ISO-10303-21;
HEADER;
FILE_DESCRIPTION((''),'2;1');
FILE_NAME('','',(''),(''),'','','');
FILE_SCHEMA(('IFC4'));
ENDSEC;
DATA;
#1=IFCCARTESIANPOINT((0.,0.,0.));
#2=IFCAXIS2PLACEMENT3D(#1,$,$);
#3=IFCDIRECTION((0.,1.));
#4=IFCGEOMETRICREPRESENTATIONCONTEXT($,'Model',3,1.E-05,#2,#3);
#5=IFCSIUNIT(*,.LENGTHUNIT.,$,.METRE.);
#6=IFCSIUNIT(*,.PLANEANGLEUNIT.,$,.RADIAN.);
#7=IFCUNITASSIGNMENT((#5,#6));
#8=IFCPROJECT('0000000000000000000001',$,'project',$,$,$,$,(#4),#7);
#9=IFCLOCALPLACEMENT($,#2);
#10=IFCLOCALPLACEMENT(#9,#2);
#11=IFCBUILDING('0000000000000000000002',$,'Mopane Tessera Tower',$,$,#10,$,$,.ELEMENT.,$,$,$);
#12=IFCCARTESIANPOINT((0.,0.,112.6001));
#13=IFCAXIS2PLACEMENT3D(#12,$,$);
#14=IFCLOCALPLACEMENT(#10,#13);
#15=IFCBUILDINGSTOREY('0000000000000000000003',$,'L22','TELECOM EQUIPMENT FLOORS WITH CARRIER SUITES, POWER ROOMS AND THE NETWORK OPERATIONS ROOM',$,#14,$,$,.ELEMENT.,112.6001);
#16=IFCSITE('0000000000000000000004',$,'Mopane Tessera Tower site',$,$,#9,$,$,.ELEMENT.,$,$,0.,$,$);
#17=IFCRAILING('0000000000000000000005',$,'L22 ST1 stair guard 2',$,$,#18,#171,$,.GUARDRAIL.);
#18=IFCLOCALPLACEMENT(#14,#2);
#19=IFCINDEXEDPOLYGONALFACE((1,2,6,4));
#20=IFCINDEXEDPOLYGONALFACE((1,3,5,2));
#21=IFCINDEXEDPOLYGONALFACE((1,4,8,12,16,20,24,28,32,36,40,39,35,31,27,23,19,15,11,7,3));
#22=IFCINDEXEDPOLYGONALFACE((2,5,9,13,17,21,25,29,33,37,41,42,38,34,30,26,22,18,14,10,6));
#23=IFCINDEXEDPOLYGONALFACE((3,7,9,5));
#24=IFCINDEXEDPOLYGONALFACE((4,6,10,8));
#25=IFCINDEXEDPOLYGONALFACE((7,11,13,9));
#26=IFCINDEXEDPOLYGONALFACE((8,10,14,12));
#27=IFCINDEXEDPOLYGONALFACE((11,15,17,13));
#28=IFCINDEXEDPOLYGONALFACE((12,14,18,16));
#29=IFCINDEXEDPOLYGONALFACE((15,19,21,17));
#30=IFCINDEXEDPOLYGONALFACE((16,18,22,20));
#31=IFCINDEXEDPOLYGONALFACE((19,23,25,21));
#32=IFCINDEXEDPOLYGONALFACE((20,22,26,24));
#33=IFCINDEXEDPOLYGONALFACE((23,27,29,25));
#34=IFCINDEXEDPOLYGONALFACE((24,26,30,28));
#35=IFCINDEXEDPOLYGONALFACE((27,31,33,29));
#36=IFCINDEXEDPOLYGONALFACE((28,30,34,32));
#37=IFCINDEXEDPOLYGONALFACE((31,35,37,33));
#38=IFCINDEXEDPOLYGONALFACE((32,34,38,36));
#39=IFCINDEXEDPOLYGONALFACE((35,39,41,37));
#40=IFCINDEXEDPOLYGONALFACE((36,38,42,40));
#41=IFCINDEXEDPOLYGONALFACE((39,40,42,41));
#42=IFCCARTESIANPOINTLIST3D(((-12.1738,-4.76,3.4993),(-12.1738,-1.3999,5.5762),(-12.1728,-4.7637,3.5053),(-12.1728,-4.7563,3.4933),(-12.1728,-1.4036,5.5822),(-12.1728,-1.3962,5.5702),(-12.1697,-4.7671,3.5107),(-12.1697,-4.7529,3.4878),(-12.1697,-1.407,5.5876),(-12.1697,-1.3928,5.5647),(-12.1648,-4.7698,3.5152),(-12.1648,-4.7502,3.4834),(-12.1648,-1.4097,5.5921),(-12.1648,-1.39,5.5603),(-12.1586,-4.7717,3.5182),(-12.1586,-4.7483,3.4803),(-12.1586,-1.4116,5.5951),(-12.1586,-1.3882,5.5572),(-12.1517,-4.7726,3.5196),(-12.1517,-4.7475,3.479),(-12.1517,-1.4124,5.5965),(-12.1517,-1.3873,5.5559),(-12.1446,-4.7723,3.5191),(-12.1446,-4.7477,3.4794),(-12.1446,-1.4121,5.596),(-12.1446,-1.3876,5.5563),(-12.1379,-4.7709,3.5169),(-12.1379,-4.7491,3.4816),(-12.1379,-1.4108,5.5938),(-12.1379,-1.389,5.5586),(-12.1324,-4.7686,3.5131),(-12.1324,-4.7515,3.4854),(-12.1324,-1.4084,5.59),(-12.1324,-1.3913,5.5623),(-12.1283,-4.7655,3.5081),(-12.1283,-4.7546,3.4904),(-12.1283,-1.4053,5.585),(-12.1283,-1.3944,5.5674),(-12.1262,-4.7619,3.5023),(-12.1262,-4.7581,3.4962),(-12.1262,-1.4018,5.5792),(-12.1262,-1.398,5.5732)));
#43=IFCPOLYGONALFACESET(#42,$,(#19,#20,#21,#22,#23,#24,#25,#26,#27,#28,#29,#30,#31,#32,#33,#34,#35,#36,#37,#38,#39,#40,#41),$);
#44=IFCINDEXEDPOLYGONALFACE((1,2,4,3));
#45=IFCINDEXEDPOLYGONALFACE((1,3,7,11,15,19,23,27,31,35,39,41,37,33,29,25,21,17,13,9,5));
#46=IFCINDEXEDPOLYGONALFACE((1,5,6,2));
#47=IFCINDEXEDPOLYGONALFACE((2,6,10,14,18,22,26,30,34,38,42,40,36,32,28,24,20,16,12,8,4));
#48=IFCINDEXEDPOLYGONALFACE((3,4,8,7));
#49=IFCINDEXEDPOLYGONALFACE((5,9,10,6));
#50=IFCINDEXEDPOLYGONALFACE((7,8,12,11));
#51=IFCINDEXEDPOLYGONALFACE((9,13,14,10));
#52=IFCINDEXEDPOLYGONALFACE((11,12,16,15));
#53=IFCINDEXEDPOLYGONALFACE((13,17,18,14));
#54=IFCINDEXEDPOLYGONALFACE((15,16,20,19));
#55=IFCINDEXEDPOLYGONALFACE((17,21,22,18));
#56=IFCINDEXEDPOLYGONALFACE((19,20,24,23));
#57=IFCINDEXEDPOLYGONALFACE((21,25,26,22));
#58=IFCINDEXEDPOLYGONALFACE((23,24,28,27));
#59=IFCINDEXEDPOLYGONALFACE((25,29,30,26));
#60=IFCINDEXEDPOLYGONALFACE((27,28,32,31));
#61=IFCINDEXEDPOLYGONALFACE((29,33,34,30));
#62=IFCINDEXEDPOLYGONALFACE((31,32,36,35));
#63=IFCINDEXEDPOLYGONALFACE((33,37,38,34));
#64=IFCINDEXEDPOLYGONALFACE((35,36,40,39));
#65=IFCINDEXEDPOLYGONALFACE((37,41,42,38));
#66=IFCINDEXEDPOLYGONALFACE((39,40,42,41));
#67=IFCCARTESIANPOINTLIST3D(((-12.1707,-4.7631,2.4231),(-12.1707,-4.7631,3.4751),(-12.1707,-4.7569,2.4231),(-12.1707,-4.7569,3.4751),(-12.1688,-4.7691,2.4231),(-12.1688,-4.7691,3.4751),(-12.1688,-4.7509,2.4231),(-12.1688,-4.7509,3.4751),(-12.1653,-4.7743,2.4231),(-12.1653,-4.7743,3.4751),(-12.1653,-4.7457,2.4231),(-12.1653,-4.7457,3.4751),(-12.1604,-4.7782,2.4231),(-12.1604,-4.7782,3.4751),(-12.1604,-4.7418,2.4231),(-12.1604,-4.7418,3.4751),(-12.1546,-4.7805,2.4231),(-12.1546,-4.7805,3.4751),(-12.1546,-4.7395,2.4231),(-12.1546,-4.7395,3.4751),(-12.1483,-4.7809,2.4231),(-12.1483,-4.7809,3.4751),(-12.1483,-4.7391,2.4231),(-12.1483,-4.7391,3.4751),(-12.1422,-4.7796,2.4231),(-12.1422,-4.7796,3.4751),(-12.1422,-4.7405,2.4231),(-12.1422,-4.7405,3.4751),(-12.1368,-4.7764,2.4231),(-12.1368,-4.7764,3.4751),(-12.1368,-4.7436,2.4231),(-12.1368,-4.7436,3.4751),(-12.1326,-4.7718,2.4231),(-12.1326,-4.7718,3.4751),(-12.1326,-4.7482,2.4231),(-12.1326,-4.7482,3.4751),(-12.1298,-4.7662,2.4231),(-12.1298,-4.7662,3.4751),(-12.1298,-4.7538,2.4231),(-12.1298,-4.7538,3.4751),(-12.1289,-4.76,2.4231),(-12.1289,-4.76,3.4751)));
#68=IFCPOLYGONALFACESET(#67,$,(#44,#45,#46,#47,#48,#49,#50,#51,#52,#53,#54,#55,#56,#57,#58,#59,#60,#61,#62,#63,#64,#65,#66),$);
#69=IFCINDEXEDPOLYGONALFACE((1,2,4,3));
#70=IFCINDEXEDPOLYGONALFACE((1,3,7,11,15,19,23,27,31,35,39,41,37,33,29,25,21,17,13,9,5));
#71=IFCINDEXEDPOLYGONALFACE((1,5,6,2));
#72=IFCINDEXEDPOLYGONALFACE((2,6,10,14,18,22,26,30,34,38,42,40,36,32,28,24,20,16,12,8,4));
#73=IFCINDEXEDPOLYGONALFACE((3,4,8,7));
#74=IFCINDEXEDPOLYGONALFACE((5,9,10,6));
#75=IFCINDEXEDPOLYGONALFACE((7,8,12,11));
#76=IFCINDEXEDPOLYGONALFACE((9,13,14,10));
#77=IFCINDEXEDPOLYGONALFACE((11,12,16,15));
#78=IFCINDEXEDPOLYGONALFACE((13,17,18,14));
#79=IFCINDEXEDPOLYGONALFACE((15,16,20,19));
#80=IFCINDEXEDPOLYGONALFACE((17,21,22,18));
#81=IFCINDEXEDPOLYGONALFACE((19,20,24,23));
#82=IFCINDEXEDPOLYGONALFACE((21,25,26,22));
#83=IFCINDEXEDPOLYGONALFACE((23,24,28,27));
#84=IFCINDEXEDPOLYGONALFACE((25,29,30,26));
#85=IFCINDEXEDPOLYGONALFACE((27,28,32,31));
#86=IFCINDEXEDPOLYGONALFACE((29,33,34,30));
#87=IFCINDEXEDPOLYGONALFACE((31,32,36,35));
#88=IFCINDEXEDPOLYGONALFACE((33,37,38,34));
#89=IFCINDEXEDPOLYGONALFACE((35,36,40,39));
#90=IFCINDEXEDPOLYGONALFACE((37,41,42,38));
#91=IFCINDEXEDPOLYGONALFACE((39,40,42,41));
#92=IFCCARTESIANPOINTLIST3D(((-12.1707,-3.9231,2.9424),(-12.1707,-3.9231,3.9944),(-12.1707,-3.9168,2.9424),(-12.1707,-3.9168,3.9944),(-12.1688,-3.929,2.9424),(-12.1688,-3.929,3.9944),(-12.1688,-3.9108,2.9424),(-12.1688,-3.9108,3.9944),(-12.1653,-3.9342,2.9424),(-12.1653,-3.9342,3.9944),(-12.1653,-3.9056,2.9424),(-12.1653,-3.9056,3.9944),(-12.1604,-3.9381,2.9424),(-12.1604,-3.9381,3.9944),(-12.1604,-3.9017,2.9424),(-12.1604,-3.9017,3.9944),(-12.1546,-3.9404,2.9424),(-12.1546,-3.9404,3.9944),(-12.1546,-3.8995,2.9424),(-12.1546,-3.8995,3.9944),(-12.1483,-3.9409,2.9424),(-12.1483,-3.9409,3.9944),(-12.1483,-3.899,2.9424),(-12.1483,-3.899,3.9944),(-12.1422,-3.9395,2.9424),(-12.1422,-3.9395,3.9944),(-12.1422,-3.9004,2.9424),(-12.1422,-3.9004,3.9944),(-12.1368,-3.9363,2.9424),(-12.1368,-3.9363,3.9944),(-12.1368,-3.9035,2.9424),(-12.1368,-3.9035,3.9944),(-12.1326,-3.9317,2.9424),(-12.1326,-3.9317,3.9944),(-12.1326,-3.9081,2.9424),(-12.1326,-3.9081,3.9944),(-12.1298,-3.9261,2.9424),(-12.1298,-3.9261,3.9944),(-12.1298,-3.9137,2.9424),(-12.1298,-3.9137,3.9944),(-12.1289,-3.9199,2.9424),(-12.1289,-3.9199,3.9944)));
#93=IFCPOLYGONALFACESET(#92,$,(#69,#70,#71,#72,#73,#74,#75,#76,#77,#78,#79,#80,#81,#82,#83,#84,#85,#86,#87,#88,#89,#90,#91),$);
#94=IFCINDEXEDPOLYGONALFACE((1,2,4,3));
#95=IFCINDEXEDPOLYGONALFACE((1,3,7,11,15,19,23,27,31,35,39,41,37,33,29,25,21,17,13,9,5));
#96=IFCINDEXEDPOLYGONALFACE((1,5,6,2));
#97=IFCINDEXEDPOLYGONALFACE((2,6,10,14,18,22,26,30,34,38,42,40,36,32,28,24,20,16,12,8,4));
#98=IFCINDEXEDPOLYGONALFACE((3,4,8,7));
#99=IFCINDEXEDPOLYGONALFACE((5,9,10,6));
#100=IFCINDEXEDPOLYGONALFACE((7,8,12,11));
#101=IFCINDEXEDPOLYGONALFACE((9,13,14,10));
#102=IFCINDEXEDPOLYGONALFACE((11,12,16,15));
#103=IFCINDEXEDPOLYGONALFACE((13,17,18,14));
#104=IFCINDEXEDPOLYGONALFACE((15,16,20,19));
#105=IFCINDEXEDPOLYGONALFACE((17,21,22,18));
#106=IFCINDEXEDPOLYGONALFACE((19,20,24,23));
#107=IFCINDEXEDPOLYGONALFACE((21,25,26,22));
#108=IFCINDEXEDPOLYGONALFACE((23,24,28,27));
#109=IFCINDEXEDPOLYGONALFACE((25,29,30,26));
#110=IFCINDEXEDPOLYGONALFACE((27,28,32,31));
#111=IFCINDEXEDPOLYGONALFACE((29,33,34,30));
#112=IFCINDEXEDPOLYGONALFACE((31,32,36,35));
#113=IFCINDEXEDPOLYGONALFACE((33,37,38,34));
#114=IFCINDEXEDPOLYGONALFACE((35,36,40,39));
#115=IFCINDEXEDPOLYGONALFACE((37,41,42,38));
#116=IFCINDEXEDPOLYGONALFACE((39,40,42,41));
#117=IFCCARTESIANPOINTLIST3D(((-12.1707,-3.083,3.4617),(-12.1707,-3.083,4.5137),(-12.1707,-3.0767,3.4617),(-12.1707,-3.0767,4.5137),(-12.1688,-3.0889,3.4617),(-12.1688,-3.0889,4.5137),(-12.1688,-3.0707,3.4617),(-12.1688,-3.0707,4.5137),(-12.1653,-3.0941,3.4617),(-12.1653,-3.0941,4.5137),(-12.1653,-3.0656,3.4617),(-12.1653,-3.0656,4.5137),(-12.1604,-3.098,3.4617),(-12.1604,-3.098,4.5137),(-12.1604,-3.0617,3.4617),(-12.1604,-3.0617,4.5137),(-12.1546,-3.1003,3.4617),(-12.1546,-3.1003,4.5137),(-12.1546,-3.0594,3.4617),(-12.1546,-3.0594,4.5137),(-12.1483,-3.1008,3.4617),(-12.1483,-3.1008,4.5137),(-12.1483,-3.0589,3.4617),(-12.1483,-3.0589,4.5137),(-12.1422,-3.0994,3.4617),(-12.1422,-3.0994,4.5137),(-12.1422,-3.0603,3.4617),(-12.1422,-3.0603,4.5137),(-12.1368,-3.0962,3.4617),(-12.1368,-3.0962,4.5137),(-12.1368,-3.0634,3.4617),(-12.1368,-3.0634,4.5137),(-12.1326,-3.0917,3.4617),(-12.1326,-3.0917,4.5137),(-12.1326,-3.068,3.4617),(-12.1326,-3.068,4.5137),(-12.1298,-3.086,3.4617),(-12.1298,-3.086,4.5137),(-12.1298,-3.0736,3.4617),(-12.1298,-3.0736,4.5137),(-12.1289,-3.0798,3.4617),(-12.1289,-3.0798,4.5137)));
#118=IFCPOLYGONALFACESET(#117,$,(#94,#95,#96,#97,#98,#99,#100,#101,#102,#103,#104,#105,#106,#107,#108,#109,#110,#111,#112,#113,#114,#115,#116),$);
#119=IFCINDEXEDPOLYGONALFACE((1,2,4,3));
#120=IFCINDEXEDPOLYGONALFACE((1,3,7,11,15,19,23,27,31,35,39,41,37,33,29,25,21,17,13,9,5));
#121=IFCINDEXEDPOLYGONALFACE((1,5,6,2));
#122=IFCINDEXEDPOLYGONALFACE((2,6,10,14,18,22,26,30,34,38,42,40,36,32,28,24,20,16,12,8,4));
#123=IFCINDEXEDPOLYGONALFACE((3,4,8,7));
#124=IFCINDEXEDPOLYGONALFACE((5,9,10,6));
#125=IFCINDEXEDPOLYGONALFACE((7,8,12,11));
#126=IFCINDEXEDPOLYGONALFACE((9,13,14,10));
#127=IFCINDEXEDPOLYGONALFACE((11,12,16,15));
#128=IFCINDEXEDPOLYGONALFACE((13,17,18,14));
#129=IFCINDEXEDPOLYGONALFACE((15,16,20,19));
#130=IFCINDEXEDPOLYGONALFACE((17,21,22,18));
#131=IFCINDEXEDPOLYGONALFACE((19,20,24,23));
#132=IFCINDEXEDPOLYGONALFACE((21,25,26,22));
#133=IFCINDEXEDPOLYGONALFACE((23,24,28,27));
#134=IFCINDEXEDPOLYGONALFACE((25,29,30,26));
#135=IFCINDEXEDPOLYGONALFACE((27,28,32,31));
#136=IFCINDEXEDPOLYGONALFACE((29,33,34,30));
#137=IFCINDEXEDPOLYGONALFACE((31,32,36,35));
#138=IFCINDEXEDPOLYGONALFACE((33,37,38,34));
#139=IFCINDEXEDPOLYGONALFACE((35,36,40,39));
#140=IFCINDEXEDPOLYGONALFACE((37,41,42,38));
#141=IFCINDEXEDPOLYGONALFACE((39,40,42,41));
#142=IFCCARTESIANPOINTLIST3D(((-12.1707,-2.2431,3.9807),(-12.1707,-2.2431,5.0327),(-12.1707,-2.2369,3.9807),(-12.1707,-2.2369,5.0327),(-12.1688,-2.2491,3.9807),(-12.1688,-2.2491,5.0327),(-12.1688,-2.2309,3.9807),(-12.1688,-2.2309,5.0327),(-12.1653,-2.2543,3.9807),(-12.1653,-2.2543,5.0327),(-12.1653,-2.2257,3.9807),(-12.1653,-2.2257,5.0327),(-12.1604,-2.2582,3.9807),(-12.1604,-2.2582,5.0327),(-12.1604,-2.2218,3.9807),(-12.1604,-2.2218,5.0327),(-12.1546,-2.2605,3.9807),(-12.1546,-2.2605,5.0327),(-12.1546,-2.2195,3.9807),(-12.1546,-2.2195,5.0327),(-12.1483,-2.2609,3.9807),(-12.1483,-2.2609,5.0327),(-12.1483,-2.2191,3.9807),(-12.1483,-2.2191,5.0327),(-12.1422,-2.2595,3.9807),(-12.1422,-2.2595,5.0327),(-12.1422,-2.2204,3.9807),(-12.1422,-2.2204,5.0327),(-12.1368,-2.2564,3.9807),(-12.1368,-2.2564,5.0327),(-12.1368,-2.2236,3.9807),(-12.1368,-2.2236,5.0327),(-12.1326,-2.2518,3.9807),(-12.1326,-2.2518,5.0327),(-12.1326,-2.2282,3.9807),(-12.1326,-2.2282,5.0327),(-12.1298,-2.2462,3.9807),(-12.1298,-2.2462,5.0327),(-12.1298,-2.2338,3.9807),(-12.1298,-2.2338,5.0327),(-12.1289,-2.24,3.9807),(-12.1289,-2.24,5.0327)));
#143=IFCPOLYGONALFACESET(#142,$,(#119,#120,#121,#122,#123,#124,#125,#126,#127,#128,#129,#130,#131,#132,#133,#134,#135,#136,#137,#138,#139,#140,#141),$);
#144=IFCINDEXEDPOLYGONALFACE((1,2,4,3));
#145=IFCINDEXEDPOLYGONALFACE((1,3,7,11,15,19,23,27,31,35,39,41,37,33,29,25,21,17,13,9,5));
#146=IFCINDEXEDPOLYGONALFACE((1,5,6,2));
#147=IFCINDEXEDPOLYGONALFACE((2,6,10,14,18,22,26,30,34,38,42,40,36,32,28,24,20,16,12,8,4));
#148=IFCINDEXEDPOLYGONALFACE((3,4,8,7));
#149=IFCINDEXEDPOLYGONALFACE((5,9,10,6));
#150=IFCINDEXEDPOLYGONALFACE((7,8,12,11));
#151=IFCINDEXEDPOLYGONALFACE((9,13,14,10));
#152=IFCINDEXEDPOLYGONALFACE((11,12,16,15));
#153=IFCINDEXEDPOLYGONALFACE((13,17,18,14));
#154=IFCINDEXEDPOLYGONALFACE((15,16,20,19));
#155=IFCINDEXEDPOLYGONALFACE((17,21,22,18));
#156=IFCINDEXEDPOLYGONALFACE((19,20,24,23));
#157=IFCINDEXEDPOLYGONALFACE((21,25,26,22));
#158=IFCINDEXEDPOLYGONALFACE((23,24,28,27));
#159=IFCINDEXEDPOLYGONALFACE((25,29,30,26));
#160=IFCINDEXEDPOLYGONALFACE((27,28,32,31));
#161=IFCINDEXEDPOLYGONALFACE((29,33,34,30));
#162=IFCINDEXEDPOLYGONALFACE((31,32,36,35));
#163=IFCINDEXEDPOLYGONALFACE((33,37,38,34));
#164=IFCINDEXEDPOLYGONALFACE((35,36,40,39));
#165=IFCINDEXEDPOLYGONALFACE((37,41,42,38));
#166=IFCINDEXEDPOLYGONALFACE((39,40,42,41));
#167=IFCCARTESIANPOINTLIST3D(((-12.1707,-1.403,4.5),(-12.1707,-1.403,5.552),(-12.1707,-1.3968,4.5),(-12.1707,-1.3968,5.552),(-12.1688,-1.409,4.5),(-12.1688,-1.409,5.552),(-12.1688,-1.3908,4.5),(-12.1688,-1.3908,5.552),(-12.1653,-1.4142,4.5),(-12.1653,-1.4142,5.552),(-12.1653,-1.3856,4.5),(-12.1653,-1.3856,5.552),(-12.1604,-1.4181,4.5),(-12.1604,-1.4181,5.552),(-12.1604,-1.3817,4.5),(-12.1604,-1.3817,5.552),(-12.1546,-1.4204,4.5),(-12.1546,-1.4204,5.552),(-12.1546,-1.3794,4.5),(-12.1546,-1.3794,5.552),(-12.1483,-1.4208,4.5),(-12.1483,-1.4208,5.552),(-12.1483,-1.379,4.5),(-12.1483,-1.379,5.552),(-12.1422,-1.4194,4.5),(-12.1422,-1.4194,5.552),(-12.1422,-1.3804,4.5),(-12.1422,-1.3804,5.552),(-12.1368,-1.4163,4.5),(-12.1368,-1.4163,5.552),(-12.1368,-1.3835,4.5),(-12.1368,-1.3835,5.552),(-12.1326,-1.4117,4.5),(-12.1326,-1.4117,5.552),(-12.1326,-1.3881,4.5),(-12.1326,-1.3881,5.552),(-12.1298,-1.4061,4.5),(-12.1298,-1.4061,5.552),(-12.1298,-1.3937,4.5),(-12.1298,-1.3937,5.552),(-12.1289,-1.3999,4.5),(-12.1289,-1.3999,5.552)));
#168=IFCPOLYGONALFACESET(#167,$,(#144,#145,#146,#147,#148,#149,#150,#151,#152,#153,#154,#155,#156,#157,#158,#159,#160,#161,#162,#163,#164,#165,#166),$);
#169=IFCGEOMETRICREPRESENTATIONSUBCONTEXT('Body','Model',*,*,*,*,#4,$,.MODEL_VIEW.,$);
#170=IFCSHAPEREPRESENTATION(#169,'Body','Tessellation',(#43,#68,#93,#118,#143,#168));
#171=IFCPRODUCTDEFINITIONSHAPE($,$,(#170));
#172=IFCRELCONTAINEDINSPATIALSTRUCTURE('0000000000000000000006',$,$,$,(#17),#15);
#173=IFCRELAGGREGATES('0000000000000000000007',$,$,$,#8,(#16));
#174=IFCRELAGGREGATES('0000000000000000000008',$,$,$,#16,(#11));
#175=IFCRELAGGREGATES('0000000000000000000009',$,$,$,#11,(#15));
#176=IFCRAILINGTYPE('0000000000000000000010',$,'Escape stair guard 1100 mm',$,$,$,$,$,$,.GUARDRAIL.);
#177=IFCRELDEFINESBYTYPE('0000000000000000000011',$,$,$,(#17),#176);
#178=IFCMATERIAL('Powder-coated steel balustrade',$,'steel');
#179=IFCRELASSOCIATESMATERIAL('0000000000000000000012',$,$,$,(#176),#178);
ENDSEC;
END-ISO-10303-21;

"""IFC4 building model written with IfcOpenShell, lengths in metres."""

from ifc_helpers import new_model, si_unit, direction, frame, origin, origin_2d, place, context, subcontext, project, spatial, circle, extrude, material, type_object, element, save


model = new_model("IFC4")

# Units and contexts
model_context = context("Model", 3, precision=1e-05, world=origin(), true_north=direction((0.0, 1.0)))
body_context = subcontext(model_context, "Body", "Model", "MODEL_VIEW")
ifc_project = project(units=[si_unit("LENGTHUNIT", "METRE"), si_unit("PLANEANGLEUNIT", "RADIAN")], contexts=[model_context])

# Site, building, storey
site_placement = place(None, origin())
site = spatial("IfcSite", under=ifc_project, at=site_placement, Name="Mopane Tessera Tower site", CompositionType="ELEMENT", RefElevation=0.0)
building_placement = place(site_placement, origin())
building = spatial("IfcBuilding", under=site, at=building_placement, Name="Mopane Tessera Tower", CompositionType="ELEMENT")
storey_placement = place(building_placement, frame((0.0, 0.0, 112.6001)))
storey = spatial("IfcBuildingStorey", under=building, at=storey_placement, Name="L22", Description="TELECOM EQUIPMENT FLOORS WITH CARRIER SUITES, POWER ROOMS AND THE NETWORK OPERATIONS ROOM", CompositionType="ELEMENT", Elevation=112.6001)

# Railing
ifc_material_1 = material(Name="Powder-coated steel balustrade", Category="steel")
railing_type_1 = type_object("IfcRailingType", Name="Escape stair guard 1100 mm", PredefinedType="GUARDRAIL", material=ifc_material_1)
railing_1_placement = place(storey_placement, frame((-12.1499, -4.76, 2.4231)))
element("IfcRailing", 1, at=railing_1_placement, inside=storey, type_object=railing_type_1, Name="L22 ST1 stair guard 2", PredefinedType="GUARDRAIL", context=body_context, shape_type="SweptSolid", body=[
    extrude(circle(Radius=0.0239, at=origin_2d()), frame((0.0, 0.0, 1.0762), z_axis=(0.0, 0.850623, 0.525776), x_axis=(-1.0, 0.0, 0.0)), (0.0, 0.0, 1.0), 3.9502),
    extrude(circle(Radius=0.021, at=origin_2d()), origin(), (0.0, 0.0, 1.0), 1.052),
    extrude(circle(Radius=0.021, at=origin_2d()), frame((0.0, 0.8401, 0.5193)), (0.0, 0.0, 1.0), 1.052),
    extrude(circle(Radius=0.021, at=origin_2d()), frame((0.0, 1.6802, 1.0386)), (0.0, 0.0, 1.0), 1.052),
    extrude(circle(Radius=0.021, at=origin_2d()), frame((0.0, 2.52, 1.5576)), (0.0, 0.0, 1.0), 1.052),
    extrude(circle(Radius=0.021, at=origin_2d()), frame((0.0, 3.3601, 2.0769)), (0.0, 0.0, 1.0), 1.052),
])

save(model, "model.ifc")
